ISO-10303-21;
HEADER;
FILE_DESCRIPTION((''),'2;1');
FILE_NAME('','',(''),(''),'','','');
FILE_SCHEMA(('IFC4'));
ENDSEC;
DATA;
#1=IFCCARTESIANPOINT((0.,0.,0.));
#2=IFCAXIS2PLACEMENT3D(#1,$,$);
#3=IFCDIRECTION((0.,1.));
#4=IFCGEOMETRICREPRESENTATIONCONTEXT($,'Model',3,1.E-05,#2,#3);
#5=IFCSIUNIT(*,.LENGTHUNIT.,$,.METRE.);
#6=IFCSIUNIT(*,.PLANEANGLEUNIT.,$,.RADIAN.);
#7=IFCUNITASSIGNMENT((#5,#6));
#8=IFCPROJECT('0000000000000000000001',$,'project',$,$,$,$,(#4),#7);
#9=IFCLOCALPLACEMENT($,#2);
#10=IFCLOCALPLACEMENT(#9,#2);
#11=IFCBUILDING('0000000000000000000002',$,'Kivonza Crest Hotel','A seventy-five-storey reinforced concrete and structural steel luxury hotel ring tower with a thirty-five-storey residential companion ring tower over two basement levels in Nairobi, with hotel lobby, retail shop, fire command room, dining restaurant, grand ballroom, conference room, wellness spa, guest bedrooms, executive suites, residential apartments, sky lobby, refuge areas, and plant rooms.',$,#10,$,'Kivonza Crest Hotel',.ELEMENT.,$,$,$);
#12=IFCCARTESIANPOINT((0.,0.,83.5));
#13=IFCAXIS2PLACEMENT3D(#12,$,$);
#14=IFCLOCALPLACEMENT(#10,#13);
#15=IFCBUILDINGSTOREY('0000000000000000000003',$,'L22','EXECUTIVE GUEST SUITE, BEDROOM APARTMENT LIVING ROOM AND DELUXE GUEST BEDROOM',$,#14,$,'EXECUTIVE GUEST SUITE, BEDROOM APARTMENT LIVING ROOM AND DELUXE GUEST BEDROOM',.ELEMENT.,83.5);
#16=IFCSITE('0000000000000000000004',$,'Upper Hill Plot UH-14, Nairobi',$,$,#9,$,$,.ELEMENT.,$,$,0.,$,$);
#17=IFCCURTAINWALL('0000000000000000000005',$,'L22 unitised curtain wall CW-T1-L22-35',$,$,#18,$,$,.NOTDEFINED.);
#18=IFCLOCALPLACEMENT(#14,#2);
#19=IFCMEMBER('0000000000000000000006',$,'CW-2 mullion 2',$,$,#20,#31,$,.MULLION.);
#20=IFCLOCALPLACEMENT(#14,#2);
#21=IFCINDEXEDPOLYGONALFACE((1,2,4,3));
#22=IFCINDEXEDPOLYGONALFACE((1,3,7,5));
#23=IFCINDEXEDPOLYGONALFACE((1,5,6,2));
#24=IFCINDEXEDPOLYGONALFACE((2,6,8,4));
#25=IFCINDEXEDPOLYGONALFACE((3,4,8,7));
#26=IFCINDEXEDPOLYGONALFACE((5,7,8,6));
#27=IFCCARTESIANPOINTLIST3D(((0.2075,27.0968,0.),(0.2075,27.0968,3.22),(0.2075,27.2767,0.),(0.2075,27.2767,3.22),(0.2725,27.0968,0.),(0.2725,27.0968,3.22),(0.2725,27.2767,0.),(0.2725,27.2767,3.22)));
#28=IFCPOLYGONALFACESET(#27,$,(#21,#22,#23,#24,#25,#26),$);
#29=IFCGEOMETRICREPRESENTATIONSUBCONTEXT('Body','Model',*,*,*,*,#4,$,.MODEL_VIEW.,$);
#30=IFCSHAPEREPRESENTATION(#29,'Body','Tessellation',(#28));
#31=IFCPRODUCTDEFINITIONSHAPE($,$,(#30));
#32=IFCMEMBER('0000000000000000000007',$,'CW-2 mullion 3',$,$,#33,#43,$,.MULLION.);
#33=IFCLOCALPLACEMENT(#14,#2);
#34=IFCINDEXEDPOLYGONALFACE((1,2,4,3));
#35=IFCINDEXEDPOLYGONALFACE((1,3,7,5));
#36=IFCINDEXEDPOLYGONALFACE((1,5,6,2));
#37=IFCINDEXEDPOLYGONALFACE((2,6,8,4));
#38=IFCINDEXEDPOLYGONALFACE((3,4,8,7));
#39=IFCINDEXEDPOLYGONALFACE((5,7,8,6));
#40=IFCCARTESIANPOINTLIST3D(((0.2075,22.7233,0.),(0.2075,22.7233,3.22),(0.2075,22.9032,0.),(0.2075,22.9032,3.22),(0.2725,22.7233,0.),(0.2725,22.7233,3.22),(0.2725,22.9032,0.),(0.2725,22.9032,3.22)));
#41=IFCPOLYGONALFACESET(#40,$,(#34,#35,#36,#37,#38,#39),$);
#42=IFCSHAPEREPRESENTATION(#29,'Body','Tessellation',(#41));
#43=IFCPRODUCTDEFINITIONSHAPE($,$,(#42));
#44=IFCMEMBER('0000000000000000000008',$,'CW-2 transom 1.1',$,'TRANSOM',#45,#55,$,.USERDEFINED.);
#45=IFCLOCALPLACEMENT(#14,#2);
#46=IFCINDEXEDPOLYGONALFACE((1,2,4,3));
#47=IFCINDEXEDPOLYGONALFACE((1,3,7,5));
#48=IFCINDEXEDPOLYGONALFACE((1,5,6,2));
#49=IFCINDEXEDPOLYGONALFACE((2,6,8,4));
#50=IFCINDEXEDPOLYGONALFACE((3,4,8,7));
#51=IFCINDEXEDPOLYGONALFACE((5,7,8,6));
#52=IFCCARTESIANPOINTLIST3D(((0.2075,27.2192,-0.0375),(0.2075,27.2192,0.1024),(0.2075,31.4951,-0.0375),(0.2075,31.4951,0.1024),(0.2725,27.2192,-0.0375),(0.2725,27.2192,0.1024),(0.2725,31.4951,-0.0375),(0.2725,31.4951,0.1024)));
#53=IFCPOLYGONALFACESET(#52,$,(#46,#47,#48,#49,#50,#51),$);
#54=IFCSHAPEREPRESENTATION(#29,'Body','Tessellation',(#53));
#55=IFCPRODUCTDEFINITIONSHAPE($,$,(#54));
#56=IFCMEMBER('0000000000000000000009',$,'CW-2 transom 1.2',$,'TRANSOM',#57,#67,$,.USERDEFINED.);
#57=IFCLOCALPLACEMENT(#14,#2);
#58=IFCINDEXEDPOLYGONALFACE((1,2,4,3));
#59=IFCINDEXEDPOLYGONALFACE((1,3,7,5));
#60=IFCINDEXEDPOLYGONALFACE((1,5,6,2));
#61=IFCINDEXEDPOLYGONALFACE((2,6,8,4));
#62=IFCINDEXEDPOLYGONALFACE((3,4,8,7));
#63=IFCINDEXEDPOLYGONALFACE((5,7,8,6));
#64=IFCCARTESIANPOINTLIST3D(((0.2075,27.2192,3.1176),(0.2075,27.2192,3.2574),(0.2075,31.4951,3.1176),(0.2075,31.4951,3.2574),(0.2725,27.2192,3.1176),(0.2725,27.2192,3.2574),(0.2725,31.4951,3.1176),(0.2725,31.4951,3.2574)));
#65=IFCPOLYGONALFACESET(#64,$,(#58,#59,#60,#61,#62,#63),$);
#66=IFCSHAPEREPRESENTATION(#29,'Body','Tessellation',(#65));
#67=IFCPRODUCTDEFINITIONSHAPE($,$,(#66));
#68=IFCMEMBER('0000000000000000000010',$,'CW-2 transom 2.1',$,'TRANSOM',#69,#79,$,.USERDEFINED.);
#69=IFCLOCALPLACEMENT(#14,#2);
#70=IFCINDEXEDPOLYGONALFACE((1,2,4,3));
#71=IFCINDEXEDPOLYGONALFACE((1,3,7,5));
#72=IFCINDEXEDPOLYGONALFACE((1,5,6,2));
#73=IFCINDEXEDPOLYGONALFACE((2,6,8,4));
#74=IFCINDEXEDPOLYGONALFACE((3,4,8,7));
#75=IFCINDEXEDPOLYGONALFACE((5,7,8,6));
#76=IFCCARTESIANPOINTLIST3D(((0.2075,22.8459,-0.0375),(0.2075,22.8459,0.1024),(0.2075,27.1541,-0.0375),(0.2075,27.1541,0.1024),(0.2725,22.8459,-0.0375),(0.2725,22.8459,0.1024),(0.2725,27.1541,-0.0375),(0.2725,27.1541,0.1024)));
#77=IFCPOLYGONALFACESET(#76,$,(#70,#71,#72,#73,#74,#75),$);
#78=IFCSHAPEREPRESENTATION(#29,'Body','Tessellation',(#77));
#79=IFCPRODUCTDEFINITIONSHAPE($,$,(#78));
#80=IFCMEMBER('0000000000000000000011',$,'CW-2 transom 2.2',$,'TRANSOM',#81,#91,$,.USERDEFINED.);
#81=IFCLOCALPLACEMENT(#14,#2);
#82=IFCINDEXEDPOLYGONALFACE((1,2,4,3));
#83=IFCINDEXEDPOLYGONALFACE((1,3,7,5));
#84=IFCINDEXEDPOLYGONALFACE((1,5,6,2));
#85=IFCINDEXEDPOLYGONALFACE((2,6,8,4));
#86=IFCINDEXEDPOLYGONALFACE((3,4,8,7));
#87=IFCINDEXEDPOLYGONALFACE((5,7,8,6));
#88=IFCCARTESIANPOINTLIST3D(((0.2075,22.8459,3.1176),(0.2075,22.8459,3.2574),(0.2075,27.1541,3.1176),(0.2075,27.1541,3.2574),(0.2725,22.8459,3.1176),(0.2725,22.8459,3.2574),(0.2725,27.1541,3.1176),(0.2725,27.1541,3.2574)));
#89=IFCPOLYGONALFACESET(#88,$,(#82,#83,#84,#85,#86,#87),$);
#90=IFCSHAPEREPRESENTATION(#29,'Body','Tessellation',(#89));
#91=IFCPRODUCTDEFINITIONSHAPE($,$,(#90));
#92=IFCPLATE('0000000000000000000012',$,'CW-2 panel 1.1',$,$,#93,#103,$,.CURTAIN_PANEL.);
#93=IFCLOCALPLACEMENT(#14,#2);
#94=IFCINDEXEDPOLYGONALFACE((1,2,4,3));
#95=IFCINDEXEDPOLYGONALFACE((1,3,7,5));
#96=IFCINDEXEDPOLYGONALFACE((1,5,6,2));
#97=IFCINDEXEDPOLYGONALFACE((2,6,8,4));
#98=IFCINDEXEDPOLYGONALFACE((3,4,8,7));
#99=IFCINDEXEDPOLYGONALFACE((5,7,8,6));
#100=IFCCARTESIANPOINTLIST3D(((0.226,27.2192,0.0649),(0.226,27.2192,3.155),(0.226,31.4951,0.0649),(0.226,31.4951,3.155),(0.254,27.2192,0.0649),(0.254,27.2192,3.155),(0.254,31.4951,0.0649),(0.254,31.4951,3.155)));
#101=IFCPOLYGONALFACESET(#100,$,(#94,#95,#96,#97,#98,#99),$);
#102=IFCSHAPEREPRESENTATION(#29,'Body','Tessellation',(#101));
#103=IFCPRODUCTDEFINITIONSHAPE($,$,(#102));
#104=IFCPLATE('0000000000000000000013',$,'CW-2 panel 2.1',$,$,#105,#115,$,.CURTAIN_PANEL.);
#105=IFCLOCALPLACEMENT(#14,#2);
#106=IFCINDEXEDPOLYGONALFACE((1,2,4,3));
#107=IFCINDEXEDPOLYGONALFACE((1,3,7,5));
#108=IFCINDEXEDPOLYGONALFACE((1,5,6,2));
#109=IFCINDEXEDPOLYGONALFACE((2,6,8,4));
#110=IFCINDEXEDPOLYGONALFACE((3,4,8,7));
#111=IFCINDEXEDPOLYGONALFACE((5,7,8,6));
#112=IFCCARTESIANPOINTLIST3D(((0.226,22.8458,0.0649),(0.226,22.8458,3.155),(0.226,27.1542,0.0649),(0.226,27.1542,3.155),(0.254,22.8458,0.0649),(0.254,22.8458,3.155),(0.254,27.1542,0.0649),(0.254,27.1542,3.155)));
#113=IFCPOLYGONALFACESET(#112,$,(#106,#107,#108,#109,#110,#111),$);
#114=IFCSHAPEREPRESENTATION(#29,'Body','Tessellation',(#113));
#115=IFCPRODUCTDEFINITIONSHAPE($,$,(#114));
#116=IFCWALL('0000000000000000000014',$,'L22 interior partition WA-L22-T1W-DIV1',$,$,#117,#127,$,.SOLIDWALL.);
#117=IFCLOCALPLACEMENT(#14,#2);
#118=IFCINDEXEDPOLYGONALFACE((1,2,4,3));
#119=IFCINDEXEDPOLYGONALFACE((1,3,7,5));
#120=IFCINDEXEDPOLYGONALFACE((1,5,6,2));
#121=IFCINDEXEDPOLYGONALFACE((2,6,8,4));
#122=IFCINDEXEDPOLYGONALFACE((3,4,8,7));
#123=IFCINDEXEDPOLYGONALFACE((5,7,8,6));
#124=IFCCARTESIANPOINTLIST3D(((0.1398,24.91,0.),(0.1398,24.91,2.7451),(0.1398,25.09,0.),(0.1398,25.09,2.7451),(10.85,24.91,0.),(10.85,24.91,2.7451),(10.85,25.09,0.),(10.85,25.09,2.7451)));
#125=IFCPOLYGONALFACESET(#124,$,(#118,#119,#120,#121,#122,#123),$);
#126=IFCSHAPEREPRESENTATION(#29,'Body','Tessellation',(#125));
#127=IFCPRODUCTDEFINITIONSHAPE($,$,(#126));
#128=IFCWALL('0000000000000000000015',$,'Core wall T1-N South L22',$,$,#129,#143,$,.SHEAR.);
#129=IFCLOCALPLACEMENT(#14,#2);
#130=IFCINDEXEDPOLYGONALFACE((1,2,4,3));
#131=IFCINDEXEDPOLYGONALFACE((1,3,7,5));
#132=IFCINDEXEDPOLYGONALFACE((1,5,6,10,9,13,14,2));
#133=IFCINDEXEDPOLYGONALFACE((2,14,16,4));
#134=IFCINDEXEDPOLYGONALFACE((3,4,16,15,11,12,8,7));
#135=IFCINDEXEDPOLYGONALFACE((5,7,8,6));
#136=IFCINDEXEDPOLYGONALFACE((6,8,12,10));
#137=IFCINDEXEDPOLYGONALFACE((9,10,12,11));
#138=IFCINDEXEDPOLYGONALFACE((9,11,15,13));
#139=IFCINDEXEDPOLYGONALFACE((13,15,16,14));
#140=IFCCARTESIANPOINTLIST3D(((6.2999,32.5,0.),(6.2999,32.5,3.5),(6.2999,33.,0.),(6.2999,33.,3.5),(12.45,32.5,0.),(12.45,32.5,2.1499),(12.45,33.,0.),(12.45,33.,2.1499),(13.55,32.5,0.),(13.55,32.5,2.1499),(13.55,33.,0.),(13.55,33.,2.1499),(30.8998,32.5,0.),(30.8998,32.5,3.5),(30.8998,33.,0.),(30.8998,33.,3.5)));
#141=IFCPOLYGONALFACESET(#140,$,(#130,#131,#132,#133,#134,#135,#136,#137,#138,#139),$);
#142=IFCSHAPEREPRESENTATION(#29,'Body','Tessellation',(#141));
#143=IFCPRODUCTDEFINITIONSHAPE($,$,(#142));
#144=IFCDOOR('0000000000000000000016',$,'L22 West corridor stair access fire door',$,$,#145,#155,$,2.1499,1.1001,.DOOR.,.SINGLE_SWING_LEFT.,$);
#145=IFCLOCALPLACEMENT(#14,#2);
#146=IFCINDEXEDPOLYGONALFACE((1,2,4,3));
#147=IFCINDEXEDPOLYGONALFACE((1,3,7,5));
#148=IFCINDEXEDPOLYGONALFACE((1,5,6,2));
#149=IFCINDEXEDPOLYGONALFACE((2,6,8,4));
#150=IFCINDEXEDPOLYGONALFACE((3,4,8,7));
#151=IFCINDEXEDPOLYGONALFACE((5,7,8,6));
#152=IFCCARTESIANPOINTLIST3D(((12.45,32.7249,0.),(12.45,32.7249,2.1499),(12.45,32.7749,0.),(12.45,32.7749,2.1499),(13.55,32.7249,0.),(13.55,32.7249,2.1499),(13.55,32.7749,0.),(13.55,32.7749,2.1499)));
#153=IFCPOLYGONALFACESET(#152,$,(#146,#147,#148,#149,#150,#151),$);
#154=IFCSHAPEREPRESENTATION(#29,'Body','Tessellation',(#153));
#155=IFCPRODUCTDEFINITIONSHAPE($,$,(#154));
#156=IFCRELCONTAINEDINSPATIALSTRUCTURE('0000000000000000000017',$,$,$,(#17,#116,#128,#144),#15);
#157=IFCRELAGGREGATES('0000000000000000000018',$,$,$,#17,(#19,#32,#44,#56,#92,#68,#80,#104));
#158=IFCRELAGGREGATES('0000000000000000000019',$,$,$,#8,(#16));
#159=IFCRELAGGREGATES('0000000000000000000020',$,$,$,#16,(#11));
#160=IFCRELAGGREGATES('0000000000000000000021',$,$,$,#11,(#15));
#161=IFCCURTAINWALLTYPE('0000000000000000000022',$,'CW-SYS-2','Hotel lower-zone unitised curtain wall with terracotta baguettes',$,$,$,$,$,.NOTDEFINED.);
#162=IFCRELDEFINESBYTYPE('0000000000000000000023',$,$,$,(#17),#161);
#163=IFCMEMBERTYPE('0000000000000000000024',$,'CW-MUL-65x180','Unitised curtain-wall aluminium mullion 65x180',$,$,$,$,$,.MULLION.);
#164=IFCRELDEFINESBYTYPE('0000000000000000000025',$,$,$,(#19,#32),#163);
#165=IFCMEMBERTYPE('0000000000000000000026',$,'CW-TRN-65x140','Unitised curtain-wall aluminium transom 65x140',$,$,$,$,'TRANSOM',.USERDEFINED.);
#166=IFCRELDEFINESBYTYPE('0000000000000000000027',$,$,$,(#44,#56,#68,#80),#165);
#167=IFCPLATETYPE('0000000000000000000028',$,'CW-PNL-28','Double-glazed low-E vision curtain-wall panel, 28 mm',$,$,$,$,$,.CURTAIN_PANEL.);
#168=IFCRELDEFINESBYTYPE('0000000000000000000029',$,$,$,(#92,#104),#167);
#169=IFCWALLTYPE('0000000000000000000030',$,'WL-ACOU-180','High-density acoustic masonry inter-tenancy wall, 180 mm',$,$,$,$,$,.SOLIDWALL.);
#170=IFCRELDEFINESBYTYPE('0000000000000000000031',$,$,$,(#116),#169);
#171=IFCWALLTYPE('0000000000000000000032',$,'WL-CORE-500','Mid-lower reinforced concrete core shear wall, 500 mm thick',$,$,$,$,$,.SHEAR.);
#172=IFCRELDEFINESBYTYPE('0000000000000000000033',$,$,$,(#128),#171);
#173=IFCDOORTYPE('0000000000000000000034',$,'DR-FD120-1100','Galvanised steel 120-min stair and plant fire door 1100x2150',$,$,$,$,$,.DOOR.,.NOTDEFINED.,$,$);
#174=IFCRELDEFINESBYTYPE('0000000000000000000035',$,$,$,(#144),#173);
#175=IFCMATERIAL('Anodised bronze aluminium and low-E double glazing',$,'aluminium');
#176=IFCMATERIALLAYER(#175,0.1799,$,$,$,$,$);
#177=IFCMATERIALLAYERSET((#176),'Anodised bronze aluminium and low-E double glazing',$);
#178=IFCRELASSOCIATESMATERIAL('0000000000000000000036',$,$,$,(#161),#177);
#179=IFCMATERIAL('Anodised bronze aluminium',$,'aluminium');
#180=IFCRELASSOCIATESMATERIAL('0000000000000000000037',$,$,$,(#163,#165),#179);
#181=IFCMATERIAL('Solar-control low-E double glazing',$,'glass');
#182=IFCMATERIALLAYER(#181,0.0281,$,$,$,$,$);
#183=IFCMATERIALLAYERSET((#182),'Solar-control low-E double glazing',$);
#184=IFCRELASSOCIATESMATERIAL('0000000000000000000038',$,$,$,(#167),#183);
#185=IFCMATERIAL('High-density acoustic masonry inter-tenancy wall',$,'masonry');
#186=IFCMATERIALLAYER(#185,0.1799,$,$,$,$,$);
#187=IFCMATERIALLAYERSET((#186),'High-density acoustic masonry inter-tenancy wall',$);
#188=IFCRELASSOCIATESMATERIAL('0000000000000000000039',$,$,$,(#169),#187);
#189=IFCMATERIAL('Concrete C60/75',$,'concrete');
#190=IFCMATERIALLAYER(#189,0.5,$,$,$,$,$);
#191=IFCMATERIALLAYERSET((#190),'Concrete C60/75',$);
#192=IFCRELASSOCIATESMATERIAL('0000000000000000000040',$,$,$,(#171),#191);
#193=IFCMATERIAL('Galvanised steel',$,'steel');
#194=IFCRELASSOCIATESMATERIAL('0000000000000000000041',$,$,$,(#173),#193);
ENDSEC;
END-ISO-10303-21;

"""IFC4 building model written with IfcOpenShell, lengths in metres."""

from ifc_helpers import new_model, si_unit, direction, frame, frame_2d, origin, origin_2d, place, context, subcontext, project, spatial, rectangle, extrude, material, layer, layer_set, material_profile, profile_set, type_object, element, fill, aggregate, save


model = new_model("IFC4")

# Units and contexts
model_context = context("Model", 3, precision=1e-05, world=origin(), true_north=direction((0.0, 1.0)))
body_context = subcontext(model_context, "Body", "Model", "MODEL_VIEW")
ifc_project = project(units=[si_unit("LENGTHUNIT", "METRE"), si_unit("PLANEANGLEUNIT", "RADIAN")], contexts=[model_context])

# Site, building, storey
site_placement = place(None, origin())
site = spatial("IfcSite", under=ifc_project, at=site_placement, Name="Upper Hill Plot UH-14, Nairobi", CompositionType="ELEMENT", RefElevation=0.0)
building_placement = place(site_placement, origin())
building = spatial("IfcBuilding", under=site, at=building_placement, Name="Kivonza Crest Hotel", Description="A seventy-five-storey reinforced concrete and structural steel luxury hotel ring tower with a thirty-five-storey residential companion ring tower over two basement levels in Nairobi, with hotel lobby, retail shop, fire command room, dining restaurant, grand ballroom, conference room, wellness spa, guest bedrooms, executive suites, residential apartments, sky lobby, refuge areas, and plant rooms.", LongName="Kivonza Crest Hotel", CompositionType="ELEMENT")
storey_placement = place(building_placement, frame((0.0, 0.0, 83.5)))
storey = spatial("IfcBuildingStorey", under=building, at=storey_placement, Name="L22", Description="EXECUTIVE GUEST SUITE, BEDROOM APARTMENT LIVING ROOM AND DELUXE GUEST BEDROOM", LongName="EXECUTIVE GUEST SUITE, BEDROOM APARTMENT LIVING ROOM AND DELUXE GUEST BEDROOM", CompositionType="ELEMENT", Elevation=83.5)

# Curtain wall, members, plates
ifc_material_1 = material(Name="Anodised bronze aluminium and low-E double glazing", Category="aluminium")
ifc_layer_1 = layer(ifc_material_1, 0.1799)
ifc_layer_set_1 = layer_set([ifc_layer_1], Name="Anodised bronze aluminium and low-E double glazing")
curtain_wall_type = type_object("IfcCurtainWallType", Name="CW-SYS-2", Description="Hotel lower-zone unitised curtain wall with terracotta baguettes", PredefinedType="NOTDEFINED", material=ifc_layer_set_1)
curtain_wall_placement = place(storey_placement, origin())
curtain_wall = element("IfcCurtainWall", 1, at=curtain_wall_placement, inside=storey, type_object=curtain_wall_type, Name="L22 unitised curtain wall CW-T1-L22-35", PredefinedType="NOTDEFINED")
ifc_material_2 = material(Name="Anodised bronze aluminium", Category="aluminium")
ifc_material_profile_1 = material_profile(ifc_material_2, rectangle(XDim=0.0649, YDim=0.1799, at=origin_2d()), Name="CW-M 65x180")
ifc_profile_set_1 = profile_set([ifc_material_profile_1], Name="Anodised bronze aluminium")
member_type_1 = type_object("IfcMemberType", Name="CW-MUL-65x180", Description="Unitised curtain-wall aluminium mullion 65x180", PredefinedType="MULLION", material=ifc_profile_set_1)
member_1_placement = place(storey_placement, frame((0.24, 27.1868, 0.0), z_axis=(0.0, 0.0, 1.0), x_axis=(1.0, 0.0, 0.0)))
member_1 = element("IfcMember", 2, at=member_1_placement, type_object=member_type_1, Name="CW-2 mullion 2", PredefinedType="MULLION", context=body_context, shape_type="SweptSolid", body=[
    extrude(rectangle(XDim=0.0649, YDim=0.1799, at=origin_2d()), origin(), (0.0, 0.0, 1.0), 3.22),
])
member_2_placement = place(storey_placement, frame((0.24, 22.8132, 0.0), z_axis=(0.0, 0.0, 1.0), x_axis=(1.0, 0.0, 0.0)))
member_2 = element("IfcMember", 3, at=member_2_placement, type_object=member_type_1, Name="CW-2 mullion 3", PredefinedType="MULLION", context=body_context, shape_type="SweptSolid", body=[
    extrude(rectangle(XDim=0.0649, YDim=0.1799, at=origin_2d()), origin(), (0.0, 0.0, 1.0), 3.22),
])
ifc_material_profile_2 = material_profile(ifc_material_2, rectangle(XDim=0.0649, YDim=0.1399, at=origin_2d()), Name="CW-T 65x140")
ifc_profile_set_2 = profile_set([ifc_material_profile_2], Name="Anodised bronze aluminium")
member_type_2 = type_object("IfcMemberType", Name="CW-TRN-65x140", Description="Unitised curtain-wall aluminium transom 65x140", ElementType="TRANSOM", PredefinedType="USERDEFINED", material=ifc_profile_set_2)
member_3_placement = place(storey_placement, frame((0.24, 31.4951, 0.0325), z_axis=(0.0, -1.0, 0.0), x_axis=(1.0, 0.0, 0.0)))
member_3 = element("IfcMember", 4, at=member_3_placement, type_object=member_type_2, Name="CW-2 transom 1.1", ObjectType="TRANSOM", PredefinedType="USERDEFINED", context=body_context, shape_type="SweptSolid", body=[
    extrude(rectangle(XDim=0.0649, YDim=0.1399, at=origin_2d()), origin(), (0.0, 0.0, 1.0), 4.2759),
])
member_4_placement = place(storey_placement, frame((0.24, 31.4951, 3.1875), z_axis=(0.0, -1.0, 0.0), x_axis=(1.0, 0.0, 0.0)))
member_4 = element("IfcMember", 5, at=member_4_placement, type_object=member_type_2, Name="CW-2 transom 1.2", ObjectType="TRANSOM", PredefinedType="USERDEFINED", context=body_context, shape_type="SweptSolid", body=[
    extrude(rectangle(XDim=0.0649, YDim=0.1399, at=origin_2d()), origin(), (0.0, 0.0, 1.0), 4.2759),
])
member_5_placement = place(storey_placement, frame((0.24, 27.1541, 0.0325), z_axis=(0.0, -1.0, 0.0), x_axis=(1.0, 0.0, 0.0)))
member_5 = element("IfcMember", 6, at=member_5_placement, type_object=member_type_2, Name="CW-2 transom 2.1", ObjectType="TRANSOM", PredefinedType="USERDEFINED", context=body_context, shape_type="SweptSolid", body=[
    extrude(rectangle(XDim=0.0649, YDim=0.1399, at=origin_2d()), origin(), (0.0, 0.0, 1.0), 4.3081),
])
member_6_placement = place(storey_placement, frame((0.24, 27.1541, 3.1875), z_axis=(0.0, -1.0, 0.0), x_axis=(1.0, 0.0, 0.0)))
member_6 = element("IfcMember", 7, at=member_6_placement, type_object=member_type_2, Name="CW-2 transom 2.2", ObjectType="TRANSOM", PredefinedType="USERDEFINED", context=body_context, shape_type="SweptSolid", body=[
    extrude(rectangle(XDim=0.0649, YDim=0.1399, at=origin_2d()), origin(), (0.0, 0.0, 1.0), 4.3081),
])
ifc_material_3 = material(Name="Solar-control low-E double glazing", Category="glass")
ifc_layer_2 = layer(ifc_material_3, 0.0281)
ifc_layer_set_2 = layer_set([ifc_layer_2], Name="Solar-control low-E double glazing")
plate_type = type_object("IfcPlateType", Name="CW-PNL-28", Description="Double-glazed low-E vision curtain-wall panel, 28 mm", PredefinedType="CURTAIN_PANEL", material=ifc_layer_set_2)
plate_1_placement = place(storey_placement, frame((0.24, 29.3572, 0.0649), z_axis=(0.0, 0.0, 1.0), x_axis=(0.0, -1.0, 0.0)))
plate_1 = element("IfcPlate", 8, at=plate_1_placement, type_object=plate_type, Name="CW-2 panel 1.1", PredefinedType="CURTAIN_PANEL", context=body_context, shape_type="SweptSolid", body=[
    extrude(rectangle(XDim=4.2759, YDim=0.0281, at=origin_2d()), origin(), (0.0, 0.0, 1.0), 3.0901),
])
plate_2_placement = place(storey_placement, frame((0.24, 25.0, 0.0649), z_axis=(0.0, 0.0, 1.0), x_axis=(0.0, -1.0, 0.0)))
plate_2 = element("IfcPlate", 9, at=plate_2_placement, type_object=plate_type, Name="CW-2 panel 2.1", PredefinedType="CURTAIN_PANEL", context=body_context, shape_type="SweptSolid", body=[
    extrude(rectangle(XDim=4.3083, YDim=0.0281, at=origin_2d()), origin(), (0.0, 0.0, 1.0), 3.0901),
])
aggregate(curtain_wall, [member_1, member_2, member_3, member_4, plate_1, member_5, member_6, plate_2])

# Wall
ifc_material_4 = material(Name="High-density acoustic masonry inter-tenancy wall", Category="masonry")
ifc_layer_3 = layer(ifc_material_4, 0.1799)
ifc_layer_set_3 = layer_set([ifc_layer_3], Name="High-density acoustic masonry inter-tenancy wall")
wall_type_1 = type_object("IfcWallType", Name="WL-ACOU-180", Description="High-density acoustic masonry inter-tenancy wall, 180 mm", PredefinedType="SOLIDWALL", material=ifc_layer_set_3)
wall_1_placement = place(storey_placement, frame((0.1399, 25.0, 0.0), z_axis=(0.0, 0.0, 1.0), x_axis=(1.0, 0.0, 0.0)))
element("IfcWall", 10, at=wall_1_placement, inside=storey, type_object=wall_type_1, Name="L22 interior partition WA-L22-T1W-DIV1", PredefinedType="SOLIDWALL", context=body_context, shape_type="SweptSolid", body=[
    extrude(rectangle(XDim=10.7102, YDim=0.1799, at=frame_2d((5.355, 0.0))), origin(), (0.0, 0.0, 1.0), 2.7451),
])

# Wall, opening, door
ifc_material_5 = material(Name="Concrete C60/75", Category="concrete")
ifc_layer_4 = layer(ifc_material_5, 0.5)
ifc_layer_set_4 = layer_set([ifc_layer_4], Name="Concrete C60/75")
wall_type_2 = type_object("IfcWallType", Name="WL-CORE-500", Description="Mid-lower reinforced concrete core shear wall, 500 mm thick", PredefinedType="SHEAR", material=ifc_layer_set_4)
wall_2_placement = place(storey_placement, frame((6.3, 32.75, 0.0), z_axis=(0.0, 0.0, 1.0), x_axis=(1.0, 0.0, 0.0)))
wall_2 = element("IfcWall", 11, at=wall_2_placement, inside=storey, type_object=wall_type_2, Name="Core wall T1-N South L22", PredefinedType="SHEAR", context=body_context, shape_type="SweptSolid", body=[
    extrude(rectangle(XDim=24.5999, YDim=0.5, at=frame_2d((12.2998, 0.0))), origin(), (0.0, 0.0, 1.0), 3.5),
])
opening_placement = place(wall_2_placement, frame((6.1499, 0.0, 0.0)))
opening = element("IfcOpeningElement", 12, at=opening_placement, cuts=wall_2, PredefinedType="OPENING", context=body_context, shape_type="SweptSolid", body=[
    extrude(rectangle(XDim=1.1001, YDim=2.1499, at=frame_2d((0.55, 1.075))), frame((0.0, 0.26, 0.0), z_axis=(0.0, -1.0, 0.0), x_axis=(1.0, 0.0, 0.0)), (0.0, 0.0, 1.0), 0.52),
])
ifc_material_6 = material(Name="Galvanised steel", Category="steel")
door_type = type_object("IfcDoorType", Name="DR-FD120-1100", Description="Galvanised steel 120-min stair and plant fire door 1100x2150", OperationType="NOTDEFINED", PredefinedType="DOOR", material=ifc_material_6)
door_placement = place(opening_placement, origin())
door = element("IfcDoor", 13, at=door_placement, inside=storey, type_object=door_type, Name="L22 West corridor stair access fire door", OperationType="SINGLE_SWING_LEFT", OverallHeight=2.1499, OverallWidth=1.1001, PredefinedType="DOOR", context=body_context, shape_type="SweptSolid", body=[
    extrude(rectangle(XDim=1.1001, YDim=2.1499, at=frame_2d((0.55, 1.075))), frame((0.0, 0.0249, 0.0), z_axis=(0.0, -1.0, 0.0), x_axis=(1.0, 0.0, 0.0)), (0.0, 0.0, 1.0), 0.05),
])
fill(opening, door)

save(model, "model.ifc")
